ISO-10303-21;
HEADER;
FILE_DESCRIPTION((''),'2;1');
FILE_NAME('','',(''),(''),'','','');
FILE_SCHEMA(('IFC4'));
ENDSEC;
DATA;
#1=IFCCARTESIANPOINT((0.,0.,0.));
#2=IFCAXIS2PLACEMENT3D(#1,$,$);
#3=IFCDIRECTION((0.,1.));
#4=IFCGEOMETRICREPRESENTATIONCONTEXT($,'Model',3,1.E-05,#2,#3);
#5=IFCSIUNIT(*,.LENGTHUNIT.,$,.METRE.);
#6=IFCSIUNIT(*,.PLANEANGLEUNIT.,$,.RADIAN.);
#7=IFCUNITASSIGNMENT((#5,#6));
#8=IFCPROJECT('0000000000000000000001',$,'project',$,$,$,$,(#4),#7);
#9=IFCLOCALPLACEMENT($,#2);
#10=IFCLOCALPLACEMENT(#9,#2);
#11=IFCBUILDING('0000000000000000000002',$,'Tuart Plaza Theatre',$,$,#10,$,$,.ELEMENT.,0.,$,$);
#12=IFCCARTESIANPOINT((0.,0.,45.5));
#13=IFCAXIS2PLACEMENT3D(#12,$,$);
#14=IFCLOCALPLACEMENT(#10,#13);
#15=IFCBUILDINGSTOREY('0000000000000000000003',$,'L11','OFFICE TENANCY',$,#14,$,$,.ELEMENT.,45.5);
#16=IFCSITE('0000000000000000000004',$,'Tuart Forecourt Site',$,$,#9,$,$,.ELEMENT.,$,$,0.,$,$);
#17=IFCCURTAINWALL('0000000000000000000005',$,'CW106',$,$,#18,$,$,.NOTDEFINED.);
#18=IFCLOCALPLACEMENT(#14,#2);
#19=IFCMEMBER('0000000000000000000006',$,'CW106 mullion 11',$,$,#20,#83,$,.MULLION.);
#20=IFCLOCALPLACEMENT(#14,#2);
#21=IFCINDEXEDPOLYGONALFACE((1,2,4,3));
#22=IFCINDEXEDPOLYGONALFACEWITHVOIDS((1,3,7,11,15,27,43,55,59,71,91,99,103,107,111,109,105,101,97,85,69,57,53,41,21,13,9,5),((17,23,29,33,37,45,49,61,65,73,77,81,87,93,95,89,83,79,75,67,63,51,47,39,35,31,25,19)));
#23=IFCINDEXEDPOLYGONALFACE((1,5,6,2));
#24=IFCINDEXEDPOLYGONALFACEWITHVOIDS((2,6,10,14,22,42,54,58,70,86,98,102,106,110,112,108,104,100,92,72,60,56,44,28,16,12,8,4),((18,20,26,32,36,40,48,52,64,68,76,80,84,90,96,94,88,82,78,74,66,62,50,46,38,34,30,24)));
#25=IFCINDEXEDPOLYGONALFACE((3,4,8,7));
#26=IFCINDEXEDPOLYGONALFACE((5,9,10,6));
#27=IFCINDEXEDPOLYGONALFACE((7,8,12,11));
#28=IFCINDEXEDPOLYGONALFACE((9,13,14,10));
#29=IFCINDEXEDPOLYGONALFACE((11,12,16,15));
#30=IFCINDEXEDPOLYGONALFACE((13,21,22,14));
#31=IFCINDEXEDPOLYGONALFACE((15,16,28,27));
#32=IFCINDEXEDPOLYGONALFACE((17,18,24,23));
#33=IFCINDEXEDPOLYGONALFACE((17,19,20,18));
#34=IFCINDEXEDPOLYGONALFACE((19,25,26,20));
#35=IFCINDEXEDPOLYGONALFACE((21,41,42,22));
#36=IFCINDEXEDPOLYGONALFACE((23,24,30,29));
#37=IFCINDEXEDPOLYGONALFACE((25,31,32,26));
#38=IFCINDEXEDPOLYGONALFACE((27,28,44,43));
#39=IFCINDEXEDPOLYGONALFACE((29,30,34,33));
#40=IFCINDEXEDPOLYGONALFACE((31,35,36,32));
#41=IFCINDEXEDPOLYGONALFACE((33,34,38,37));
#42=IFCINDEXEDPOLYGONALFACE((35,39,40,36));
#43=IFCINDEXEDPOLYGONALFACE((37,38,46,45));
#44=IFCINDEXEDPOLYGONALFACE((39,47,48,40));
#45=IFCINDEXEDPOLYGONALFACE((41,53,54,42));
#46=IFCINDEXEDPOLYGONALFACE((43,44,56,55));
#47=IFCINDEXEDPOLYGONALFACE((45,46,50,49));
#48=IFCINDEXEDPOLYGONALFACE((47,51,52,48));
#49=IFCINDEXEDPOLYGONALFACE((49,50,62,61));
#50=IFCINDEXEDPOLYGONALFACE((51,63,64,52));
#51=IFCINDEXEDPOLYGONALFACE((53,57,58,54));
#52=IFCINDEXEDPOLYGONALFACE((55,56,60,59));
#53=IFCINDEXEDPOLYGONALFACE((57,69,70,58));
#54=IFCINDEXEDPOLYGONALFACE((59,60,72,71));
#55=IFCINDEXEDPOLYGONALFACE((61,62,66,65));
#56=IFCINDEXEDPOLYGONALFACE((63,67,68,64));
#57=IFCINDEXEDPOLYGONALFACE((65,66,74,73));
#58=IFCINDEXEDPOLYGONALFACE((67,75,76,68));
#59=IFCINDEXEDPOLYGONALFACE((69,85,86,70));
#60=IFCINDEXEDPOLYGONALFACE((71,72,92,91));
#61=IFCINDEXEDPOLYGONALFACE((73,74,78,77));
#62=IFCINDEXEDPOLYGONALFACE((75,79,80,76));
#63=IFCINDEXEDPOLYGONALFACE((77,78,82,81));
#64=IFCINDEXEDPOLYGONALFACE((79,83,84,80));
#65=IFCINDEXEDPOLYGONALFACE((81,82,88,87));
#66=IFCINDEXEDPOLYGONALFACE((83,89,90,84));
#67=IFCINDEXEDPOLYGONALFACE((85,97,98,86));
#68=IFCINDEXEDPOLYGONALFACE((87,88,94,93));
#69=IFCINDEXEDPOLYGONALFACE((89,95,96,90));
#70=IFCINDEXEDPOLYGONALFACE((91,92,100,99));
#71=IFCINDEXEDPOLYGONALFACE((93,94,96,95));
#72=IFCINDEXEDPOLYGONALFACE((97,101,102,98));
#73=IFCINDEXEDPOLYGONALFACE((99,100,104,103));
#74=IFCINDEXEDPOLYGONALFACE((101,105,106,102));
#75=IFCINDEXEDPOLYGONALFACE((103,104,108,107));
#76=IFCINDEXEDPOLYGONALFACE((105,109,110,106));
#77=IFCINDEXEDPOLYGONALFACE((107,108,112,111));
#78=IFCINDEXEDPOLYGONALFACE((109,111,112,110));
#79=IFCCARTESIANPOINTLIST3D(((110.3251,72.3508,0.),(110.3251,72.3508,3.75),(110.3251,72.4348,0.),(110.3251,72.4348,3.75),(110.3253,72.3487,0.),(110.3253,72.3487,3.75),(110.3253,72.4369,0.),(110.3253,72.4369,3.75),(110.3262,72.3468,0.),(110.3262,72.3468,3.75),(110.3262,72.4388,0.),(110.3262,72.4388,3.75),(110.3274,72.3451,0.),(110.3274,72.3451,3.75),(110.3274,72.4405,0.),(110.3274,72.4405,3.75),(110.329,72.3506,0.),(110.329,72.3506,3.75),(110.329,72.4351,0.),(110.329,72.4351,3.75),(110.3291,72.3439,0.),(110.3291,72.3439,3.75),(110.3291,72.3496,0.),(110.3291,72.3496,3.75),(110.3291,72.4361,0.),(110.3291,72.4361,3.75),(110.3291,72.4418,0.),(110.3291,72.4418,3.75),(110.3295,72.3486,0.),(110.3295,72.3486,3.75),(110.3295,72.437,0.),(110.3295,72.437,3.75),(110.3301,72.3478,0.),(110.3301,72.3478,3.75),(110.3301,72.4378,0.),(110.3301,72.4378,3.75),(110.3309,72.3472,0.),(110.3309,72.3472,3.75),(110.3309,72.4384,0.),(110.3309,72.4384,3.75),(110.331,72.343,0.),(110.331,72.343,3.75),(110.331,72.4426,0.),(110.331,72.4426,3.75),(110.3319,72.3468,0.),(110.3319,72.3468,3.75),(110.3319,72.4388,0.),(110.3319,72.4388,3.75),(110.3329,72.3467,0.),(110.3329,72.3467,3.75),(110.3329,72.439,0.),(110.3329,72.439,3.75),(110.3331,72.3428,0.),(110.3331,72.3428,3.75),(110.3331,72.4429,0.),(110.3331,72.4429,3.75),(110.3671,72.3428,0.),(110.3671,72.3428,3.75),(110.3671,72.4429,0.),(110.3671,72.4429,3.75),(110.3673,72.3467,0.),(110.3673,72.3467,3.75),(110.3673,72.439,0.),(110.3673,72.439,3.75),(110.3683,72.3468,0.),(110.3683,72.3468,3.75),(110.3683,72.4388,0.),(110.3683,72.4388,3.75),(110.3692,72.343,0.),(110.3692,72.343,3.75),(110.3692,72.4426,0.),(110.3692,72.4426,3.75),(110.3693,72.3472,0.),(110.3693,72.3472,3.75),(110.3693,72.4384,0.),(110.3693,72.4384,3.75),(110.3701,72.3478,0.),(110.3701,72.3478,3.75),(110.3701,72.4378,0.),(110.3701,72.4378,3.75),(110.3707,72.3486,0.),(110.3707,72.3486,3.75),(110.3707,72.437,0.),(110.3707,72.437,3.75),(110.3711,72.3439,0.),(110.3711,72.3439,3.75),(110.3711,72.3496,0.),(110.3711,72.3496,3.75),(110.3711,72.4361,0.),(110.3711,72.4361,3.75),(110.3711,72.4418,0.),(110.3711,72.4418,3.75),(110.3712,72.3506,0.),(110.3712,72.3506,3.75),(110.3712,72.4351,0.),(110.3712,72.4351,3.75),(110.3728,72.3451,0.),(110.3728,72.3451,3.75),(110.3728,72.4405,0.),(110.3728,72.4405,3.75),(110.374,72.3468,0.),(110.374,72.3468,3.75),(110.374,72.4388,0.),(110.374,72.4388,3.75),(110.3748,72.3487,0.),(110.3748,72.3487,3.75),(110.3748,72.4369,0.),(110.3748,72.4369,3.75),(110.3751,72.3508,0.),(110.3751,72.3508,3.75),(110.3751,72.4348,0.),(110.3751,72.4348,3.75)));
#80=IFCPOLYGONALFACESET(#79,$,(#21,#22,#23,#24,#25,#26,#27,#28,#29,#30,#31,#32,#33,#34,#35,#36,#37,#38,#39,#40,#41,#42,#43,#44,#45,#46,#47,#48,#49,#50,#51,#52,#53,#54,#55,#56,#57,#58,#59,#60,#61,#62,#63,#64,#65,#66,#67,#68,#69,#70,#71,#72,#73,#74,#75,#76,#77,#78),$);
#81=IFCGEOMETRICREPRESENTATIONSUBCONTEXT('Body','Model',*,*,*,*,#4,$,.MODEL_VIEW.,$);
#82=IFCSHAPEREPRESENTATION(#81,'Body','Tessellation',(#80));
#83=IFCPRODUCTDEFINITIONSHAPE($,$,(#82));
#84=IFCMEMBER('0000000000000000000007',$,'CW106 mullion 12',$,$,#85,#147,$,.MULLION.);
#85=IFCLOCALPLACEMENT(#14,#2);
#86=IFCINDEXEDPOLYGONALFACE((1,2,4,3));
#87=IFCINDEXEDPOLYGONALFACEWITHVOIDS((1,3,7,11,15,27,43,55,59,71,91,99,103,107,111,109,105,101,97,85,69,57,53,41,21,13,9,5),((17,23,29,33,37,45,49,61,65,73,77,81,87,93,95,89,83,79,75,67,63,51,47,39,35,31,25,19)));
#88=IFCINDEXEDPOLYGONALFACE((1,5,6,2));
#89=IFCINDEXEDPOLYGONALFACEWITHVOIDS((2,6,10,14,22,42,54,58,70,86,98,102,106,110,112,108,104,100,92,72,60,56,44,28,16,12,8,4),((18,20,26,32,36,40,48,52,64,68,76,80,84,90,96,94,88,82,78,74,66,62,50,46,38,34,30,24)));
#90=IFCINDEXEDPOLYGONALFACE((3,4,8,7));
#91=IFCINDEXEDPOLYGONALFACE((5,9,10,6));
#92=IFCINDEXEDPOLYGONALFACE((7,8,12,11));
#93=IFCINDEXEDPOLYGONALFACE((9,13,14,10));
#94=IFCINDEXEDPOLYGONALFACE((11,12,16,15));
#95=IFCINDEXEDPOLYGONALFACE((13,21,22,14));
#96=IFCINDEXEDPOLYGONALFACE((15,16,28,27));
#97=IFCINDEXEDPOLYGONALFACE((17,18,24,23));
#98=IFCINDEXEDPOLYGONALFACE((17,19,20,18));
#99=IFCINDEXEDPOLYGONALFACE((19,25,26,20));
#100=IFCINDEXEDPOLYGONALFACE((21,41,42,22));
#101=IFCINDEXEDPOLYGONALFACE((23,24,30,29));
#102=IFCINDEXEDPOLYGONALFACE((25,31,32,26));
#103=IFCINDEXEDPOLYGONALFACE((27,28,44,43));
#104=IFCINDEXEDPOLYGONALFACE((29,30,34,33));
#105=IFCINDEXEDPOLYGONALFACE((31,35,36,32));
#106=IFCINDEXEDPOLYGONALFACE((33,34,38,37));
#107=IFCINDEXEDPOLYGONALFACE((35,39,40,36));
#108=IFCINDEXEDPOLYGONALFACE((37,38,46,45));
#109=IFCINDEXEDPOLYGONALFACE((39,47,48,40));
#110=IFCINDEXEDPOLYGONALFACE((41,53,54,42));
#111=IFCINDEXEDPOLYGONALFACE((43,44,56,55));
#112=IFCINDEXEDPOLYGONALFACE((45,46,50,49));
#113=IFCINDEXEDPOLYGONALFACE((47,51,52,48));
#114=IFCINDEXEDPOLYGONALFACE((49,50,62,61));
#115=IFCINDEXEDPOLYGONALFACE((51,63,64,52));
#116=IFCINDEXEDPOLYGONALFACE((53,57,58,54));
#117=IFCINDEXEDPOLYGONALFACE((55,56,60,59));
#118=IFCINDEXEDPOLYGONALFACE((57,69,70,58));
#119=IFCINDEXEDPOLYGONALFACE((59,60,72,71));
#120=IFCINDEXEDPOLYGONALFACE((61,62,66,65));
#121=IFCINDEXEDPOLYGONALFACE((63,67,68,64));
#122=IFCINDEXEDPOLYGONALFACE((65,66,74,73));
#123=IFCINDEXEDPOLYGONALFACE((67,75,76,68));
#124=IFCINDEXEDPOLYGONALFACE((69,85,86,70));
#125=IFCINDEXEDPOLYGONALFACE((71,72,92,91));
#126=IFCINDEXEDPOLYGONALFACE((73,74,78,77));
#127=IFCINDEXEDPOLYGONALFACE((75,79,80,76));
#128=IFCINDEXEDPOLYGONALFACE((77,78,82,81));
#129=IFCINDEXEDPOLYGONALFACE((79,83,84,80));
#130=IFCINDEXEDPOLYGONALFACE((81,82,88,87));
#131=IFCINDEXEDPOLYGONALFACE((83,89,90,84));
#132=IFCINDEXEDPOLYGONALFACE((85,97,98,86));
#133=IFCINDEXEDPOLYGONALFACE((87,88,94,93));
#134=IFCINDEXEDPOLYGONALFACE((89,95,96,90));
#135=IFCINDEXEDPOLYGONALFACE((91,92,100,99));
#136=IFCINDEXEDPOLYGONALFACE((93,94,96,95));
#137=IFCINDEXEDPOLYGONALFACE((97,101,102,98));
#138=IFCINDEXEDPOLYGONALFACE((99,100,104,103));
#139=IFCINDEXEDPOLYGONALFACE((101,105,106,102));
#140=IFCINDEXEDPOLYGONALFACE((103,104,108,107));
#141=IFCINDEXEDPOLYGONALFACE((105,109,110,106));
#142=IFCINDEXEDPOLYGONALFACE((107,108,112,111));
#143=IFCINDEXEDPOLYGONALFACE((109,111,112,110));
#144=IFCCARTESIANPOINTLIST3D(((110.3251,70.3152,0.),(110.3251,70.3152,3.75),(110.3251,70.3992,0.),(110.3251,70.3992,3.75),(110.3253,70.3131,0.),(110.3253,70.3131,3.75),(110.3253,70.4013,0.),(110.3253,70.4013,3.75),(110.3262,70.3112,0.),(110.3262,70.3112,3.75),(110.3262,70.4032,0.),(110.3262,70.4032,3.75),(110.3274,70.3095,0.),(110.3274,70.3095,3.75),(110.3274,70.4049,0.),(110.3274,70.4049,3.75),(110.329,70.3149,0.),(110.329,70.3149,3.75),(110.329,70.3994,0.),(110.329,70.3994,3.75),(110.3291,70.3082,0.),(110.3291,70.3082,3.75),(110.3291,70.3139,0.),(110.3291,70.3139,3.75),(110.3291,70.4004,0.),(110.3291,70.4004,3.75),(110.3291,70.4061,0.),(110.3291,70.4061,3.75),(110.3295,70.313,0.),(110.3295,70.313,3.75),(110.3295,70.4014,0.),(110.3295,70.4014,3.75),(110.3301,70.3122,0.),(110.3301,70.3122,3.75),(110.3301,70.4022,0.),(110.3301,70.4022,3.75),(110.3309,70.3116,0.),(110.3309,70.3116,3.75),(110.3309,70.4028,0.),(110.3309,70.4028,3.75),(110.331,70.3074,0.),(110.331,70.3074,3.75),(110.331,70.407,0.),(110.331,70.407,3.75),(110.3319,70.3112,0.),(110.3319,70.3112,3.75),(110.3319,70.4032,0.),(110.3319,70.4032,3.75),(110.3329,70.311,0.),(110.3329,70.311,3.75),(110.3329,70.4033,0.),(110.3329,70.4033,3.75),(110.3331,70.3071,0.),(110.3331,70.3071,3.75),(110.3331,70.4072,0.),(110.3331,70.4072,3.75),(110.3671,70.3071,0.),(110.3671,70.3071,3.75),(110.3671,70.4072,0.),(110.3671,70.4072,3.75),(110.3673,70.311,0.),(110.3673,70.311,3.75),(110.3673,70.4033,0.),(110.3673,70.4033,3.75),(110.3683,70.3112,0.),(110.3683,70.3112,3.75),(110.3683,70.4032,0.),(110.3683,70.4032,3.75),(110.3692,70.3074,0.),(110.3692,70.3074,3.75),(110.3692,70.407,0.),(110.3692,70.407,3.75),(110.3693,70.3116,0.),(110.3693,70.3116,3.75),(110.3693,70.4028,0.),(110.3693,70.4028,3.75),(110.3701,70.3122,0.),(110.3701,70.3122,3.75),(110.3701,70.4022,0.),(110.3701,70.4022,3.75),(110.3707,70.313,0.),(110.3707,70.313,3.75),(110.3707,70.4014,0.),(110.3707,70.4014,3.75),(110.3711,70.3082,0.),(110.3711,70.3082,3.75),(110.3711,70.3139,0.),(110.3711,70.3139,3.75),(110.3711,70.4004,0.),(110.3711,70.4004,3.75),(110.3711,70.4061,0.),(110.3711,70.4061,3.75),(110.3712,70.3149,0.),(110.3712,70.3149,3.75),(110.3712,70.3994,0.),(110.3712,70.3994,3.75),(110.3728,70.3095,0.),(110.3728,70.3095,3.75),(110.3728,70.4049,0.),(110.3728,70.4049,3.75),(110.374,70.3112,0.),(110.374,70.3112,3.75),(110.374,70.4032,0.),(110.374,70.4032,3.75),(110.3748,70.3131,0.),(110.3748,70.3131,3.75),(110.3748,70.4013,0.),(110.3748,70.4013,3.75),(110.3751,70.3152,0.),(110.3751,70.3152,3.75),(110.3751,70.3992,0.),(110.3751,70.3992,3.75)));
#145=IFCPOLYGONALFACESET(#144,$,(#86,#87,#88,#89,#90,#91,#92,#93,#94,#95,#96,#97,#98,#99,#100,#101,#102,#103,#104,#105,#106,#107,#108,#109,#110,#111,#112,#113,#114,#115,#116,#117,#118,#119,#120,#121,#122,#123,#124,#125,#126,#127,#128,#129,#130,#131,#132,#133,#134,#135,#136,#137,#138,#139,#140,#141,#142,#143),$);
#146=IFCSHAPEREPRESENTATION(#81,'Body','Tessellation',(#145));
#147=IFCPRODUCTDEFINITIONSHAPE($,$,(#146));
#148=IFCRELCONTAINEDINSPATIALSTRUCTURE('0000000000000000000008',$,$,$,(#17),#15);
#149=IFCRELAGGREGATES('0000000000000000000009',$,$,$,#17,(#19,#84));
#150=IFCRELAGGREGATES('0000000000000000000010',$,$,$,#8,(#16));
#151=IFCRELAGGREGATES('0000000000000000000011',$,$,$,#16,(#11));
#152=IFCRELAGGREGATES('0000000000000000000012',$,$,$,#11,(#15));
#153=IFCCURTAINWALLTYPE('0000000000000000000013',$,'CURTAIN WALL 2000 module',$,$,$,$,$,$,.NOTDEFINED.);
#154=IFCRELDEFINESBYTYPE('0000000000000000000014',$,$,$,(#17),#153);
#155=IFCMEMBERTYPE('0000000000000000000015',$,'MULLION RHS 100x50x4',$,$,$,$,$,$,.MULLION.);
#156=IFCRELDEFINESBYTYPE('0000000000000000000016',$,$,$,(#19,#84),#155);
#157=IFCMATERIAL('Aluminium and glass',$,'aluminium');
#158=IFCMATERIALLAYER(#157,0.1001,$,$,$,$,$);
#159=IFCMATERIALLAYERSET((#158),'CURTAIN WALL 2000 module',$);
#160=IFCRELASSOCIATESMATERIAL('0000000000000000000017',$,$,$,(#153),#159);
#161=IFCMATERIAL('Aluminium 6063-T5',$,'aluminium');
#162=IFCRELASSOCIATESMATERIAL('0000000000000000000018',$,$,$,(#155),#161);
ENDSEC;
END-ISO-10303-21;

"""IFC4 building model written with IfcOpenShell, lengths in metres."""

from ifc_helpers import new_model, si_unit, direction, frame, origin, origin_2d, place, context, subcontext, project, spatial, hollow_rectangle, extrude, material, layer, layer_set, material_profile, profile_set, type_object, element, aggregate, save


model = new_model("IFC4")

# Units and contexts
model_context = context("Model", 3, precision=1e-05, world=origin(), true_north=direction((0.0, 1.0)))
body_context = subcontext(model_context, "Body", "Model", "MODEL_VIEW")
ifc_project = project(units=[si_unit("LENGTHUNIT", "METRE"), si_unit("PLANEANGLEUNIT", "RADIAN")], contexts=[model_context])

# Site, building, storey
site_placement = place(None, origin())
site = spatial("IfcSite", under=ifc_project, at=site_placement, Name="Tuart Forecourt Site", CompositionType="ELEMENT", RefElevation=0.0)
building_placement = place(site_placement, origin())
building = spatial("IfcBuilding", under=site, at=building_placement, Name="Tuart Plaza Theatre", CompositionType="ELEMENT", ElevationOfRefHeight=0.0)
storey_placement = place(building_placement, frame((0.0, 0.0, 45.5)))
storey = spatial("IfcBuildingStorey", under=building, at=storey_placement, Name="L11", Description="OFFICE TENANCY", CompositionType="ELEMENT", Elevation=45.5)

# Curtain wall, members
ifc_material_1 = material(Name="Aluminium and glass", Category="aluminium")
ifc_layer_1 = layer(ifc_material_1, 0.1001)
ifc_layer_set_1 = layer_set([ifc_layer_1], Name="CURTAIN WALL 2000 module")
curtain_wall_type = type_object("IfcCurtainWallType", Name="CURTAIN WALL 2000 module", PredefinedType="NOTDEFINED", material=ifc_layer_set_1)
curtain_wall_placement = place(storey_placement, origin())
curtain_wall = element("IfcCurtainWall", 1, at=curtain_wall_placement, inside=storey, type_object=curtain_wall_type, Name="CW106", PredefinedType="NOTDEFINED")
ifc_material_2 = material(Name="Aluminium 6063-T5", Category="aluminium")
ifc_material_profile_1 = material_profile(ifc_material_2, hollow_rectangle(XDim=0.05, YDim=0.1001, WallThickness=0.0039, InnerFilletRadius=0.0039, OuterFilletRadius=0.0081, at=origin_2d()), Name="RHS 100x50x4")
ifc_profile_set_1 = profile_set([ifc_material_profile_1], Name="Aluminium 6063-T5")
member_type_1 = type_object("IfcMemberType", Name="MULLION RHS 100x50x4", PredefinedType="MULLION", material=ifc_profile_set_1)
member_1_placement = place(storey_placement, frame((110.3501, 72.3928, 0.0), z_axis=(0.0, 0.0, 1.0), x_axis=(1.0, 0.0, 0.0)))
member_1 = element("IfcMember", 2, at=member_1_placement, type_object=member_type_1, Name="CW106 mullion 11", PredefinedType="MULLION", context=body_context, shape_type="SweptSolid", body=[
    extrude(hollow_rectangle(XDim=0.05, YDim=0.1001, WallThickness=0.0039, InnerFilletRadius=0.0039, OuterFilletRadius=0.0081, at=origin_2d()), origin(), (0.0, 0.0, 1.0), 3.75),
])
member_2_placement = place(storey_placement, frame((110.3501, 70.3572, 0.0), z_axis=(0.0, 0.0, 1.0), x_axis=(1.0, 0.0, 0.0)))
member_2 = element("IfcMember", 3, at=member_2_placement, type_object=member_type_1, Name="CW106 mullion 12", PredefinedType="MULLION", context=body_context, shape_type="SweptSolid", body=[
    extrude(hollow_rectangle(XDim=0.05, YDim=0.1001, WallThickness=0.0039, InnerFilletRadius=0.0039, OuterFilletRadius=0.0081, at=origin_2d()), origin(), (0.0, 0.0, 1.0), 3.75),
])
aggregate(curtain_wall, [member_1, member_2])

save(model, "model.ifc")
